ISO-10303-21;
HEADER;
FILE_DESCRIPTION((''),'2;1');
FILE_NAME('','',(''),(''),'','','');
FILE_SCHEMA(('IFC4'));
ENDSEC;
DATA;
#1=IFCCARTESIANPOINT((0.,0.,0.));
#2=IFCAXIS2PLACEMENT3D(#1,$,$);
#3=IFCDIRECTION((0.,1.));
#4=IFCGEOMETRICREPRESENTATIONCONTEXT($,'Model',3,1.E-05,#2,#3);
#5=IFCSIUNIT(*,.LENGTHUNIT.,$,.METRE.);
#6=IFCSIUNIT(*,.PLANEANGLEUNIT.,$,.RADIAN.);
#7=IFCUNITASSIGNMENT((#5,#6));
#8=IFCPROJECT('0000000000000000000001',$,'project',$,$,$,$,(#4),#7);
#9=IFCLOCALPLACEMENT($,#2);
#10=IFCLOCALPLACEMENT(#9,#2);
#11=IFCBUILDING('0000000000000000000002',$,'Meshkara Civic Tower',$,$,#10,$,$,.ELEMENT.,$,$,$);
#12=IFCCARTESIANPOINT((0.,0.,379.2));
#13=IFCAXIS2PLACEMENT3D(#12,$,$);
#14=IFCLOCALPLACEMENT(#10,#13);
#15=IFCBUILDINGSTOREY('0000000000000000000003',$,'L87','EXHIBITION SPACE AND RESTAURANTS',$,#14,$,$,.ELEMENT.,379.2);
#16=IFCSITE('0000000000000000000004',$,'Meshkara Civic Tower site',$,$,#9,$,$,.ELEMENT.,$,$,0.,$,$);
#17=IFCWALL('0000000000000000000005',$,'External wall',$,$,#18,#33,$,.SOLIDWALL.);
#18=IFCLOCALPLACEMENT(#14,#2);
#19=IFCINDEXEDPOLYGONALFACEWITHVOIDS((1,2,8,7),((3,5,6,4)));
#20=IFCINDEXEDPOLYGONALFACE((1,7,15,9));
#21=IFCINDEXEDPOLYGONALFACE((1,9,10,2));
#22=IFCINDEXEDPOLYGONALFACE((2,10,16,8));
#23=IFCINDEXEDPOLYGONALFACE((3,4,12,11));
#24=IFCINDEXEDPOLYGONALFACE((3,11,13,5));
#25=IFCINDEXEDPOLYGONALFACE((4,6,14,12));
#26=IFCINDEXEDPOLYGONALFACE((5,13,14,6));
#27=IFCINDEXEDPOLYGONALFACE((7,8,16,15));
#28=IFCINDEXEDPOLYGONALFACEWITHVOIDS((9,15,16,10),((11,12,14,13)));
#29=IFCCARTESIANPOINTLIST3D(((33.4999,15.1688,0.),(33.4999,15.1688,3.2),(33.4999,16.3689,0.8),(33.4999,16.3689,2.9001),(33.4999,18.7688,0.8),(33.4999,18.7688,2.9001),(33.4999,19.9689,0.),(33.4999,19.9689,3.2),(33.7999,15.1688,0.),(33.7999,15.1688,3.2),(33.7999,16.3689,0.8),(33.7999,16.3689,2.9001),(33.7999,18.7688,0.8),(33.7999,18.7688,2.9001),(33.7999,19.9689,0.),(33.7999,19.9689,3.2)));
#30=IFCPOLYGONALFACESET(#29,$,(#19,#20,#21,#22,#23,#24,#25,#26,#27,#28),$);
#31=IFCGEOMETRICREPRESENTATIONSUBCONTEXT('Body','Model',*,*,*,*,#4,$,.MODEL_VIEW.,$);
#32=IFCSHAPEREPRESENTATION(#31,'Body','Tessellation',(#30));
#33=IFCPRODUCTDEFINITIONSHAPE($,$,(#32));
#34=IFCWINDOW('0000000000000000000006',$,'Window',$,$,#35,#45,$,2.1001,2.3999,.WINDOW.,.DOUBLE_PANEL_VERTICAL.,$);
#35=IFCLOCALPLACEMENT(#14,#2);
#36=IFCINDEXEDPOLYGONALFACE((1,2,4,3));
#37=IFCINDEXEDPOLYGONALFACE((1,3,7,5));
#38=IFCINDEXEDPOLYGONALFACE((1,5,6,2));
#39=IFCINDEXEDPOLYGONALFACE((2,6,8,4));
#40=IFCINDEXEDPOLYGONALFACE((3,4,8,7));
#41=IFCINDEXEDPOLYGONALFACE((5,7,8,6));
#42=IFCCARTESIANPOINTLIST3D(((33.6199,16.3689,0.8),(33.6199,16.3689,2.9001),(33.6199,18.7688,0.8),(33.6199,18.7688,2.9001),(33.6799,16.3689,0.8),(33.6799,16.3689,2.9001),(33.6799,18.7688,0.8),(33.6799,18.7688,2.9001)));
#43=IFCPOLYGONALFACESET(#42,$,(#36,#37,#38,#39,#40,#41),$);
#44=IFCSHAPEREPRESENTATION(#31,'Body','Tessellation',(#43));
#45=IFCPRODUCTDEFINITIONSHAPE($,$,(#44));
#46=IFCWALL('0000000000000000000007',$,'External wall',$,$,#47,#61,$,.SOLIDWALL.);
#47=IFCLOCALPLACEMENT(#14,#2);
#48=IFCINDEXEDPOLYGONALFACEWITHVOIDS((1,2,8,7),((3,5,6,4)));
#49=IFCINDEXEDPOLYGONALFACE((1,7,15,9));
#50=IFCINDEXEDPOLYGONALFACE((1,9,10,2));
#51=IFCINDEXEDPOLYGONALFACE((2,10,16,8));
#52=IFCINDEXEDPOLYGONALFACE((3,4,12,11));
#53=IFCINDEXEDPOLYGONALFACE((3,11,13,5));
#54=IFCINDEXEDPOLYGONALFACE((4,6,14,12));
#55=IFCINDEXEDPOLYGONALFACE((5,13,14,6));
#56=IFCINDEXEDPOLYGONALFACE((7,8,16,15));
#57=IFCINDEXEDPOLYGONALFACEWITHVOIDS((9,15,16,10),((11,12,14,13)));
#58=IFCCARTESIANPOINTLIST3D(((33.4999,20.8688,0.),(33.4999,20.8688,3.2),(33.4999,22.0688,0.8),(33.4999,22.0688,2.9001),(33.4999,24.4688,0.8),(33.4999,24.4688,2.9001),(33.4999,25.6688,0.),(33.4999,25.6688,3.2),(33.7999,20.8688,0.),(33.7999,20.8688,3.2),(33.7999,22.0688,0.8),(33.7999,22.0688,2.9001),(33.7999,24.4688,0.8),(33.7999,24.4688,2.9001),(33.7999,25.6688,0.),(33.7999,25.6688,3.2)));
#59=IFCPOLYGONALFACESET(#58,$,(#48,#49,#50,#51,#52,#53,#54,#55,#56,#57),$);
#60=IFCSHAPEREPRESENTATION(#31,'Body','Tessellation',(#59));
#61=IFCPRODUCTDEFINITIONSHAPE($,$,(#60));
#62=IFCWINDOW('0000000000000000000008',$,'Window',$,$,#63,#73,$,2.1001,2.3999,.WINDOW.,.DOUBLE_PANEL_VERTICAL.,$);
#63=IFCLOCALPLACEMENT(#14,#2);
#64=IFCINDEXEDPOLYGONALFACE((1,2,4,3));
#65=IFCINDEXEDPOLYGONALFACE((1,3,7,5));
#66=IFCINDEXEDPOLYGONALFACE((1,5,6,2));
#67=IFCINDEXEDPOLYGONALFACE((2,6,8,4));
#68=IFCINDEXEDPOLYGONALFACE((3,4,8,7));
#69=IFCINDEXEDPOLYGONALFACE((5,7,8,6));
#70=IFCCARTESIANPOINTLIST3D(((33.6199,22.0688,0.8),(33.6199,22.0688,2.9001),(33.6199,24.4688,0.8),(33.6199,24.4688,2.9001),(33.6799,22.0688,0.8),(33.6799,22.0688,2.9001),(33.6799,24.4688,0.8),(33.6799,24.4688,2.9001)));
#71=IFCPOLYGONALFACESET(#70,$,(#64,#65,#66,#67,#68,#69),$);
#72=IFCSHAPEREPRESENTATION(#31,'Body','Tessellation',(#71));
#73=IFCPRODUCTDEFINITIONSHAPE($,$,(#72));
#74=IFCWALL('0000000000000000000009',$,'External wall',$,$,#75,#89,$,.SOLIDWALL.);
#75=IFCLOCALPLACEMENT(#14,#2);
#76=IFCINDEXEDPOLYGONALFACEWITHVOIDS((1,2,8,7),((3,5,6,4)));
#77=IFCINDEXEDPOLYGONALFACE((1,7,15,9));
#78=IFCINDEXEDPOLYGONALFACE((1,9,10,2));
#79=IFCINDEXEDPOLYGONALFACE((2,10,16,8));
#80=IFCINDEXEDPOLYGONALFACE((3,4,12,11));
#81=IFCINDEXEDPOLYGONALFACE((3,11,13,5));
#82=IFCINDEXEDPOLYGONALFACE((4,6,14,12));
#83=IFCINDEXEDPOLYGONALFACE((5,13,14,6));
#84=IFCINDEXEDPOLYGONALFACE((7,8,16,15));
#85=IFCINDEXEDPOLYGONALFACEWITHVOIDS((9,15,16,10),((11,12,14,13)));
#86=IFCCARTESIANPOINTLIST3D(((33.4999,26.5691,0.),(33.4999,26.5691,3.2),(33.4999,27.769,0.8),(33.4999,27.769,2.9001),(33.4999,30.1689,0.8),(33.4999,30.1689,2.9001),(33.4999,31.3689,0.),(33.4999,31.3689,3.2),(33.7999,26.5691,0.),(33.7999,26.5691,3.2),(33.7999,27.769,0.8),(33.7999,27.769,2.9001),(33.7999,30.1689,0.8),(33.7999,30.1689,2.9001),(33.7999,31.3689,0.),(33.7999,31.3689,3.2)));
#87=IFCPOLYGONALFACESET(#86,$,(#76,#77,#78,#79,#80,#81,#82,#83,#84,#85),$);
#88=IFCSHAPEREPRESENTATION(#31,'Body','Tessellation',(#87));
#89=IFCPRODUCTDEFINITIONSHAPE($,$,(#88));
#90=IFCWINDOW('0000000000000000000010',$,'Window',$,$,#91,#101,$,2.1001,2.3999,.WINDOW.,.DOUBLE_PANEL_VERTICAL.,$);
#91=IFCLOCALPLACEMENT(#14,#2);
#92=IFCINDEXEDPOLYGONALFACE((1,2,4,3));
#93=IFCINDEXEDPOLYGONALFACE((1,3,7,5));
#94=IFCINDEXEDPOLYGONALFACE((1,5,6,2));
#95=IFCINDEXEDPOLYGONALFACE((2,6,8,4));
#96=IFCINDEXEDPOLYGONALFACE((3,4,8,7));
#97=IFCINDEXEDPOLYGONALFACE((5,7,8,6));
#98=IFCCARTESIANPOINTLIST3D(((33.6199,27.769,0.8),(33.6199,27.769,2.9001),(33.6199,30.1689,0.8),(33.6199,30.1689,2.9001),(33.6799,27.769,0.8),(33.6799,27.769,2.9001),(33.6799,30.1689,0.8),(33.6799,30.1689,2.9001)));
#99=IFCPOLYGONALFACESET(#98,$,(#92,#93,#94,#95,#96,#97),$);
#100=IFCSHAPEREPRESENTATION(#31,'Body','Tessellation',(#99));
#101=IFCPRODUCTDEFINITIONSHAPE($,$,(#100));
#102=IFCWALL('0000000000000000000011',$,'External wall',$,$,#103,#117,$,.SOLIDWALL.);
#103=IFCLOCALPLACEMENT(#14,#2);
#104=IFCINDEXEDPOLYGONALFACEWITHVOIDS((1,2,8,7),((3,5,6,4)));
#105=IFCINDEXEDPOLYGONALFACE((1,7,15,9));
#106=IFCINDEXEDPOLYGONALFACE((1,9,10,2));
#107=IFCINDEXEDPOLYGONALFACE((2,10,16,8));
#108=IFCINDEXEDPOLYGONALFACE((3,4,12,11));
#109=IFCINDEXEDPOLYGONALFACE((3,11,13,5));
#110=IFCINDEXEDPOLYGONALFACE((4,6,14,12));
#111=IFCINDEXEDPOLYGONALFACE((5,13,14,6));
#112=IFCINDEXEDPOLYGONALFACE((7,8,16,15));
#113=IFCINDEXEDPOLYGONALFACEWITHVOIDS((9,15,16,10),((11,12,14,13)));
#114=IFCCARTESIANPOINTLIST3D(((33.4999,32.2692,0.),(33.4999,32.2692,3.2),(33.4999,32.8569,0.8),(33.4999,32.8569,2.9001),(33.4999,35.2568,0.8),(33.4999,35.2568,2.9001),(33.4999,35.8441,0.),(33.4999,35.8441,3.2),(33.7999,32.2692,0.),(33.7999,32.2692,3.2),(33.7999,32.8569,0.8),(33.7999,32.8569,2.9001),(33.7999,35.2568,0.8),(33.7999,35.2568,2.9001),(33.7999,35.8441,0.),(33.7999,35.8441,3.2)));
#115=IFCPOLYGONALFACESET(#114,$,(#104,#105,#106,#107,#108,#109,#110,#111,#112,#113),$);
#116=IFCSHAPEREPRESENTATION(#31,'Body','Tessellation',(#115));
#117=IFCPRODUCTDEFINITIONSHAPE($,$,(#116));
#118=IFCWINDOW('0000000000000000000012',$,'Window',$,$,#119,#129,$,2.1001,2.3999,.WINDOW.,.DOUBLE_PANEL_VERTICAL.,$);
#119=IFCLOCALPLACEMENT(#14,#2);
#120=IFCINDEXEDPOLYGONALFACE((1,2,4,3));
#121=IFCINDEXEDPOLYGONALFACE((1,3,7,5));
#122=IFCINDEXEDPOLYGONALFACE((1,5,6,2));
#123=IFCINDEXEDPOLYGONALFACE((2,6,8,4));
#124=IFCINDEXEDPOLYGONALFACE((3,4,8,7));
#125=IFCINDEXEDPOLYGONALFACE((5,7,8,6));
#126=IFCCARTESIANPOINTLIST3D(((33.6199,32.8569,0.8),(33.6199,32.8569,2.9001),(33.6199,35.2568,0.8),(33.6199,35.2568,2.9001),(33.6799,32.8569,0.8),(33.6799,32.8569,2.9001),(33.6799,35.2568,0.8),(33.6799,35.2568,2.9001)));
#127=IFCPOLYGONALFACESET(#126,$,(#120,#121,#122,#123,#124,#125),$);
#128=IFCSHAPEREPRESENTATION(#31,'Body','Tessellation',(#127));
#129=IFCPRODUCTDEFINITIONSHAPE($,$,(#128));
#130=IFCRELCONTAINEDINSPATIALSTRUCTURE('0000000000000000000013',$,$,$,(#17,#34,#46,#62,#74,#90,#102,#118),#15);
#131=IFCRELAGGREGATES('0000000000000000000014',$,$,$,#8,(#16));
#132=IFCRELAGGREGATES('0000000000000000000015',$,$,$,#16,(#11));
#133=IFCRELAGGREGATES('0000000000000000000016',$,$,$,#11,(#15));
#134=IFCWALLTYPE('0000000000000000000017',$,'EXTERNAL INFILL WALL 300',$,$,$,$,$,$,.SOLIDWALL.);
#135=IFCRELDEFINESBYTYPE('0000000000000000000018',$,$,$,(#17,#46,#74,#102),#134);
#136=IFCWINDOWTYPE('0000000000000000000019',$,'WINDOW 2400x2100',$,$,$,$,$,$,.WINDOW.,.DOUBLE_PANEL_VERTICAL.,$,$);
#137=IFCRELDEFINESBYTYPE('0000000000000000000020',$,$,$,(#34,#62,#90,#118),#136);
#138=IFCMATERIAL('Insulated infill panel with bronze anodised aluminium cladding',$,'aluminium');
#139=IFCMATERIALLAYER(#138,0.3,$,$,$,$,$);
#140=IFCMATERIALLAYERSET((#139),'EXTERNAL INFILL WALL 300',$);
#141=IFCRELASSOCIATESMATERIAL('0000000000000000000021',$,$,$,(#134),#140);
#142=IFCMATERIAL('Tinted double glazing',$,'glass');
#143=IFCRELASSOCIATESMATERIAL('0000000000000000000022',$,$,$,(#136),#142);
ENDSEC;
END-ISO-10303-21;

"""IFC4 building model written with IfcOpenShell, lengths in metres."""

from ifc_helpers import new_model, si_unit, direction, frame, frame_2d, origin, place, context, subcontext, project, spatial, rectangle, extrude, material, layer, layer_set, type_object, element, fill, save


model = new_model("IFC4")

# Units and contexts
model_context = context("Model", 3, precision=1e-05, world=origin(), true_north=direction((0.0, 1.0)))
body_context = subcontext(model_context, "Body", "Model", "MODEL_VIEW")
ifc_project = project(units=[si_unit("LENGTHUNIT", "METRE"), si_unit("PLANEANGLEUNIT", "RADIAN")], contexts=[model_context])

# Site, building, storey
site_placement = place(None, origin())
site = spatial("IfcSite", under=ifc_project, at=site_placement, Name="Meshkara Civic Tower site", CompositionType="ELEMENT", RefElevation=0.0)
building_placement = place(site_placement, origin())
building = spatial("IfcBuilding", under=site, at=building_placement, Name="Meshkara Civic Tower", CompositionType="ELEMENT")
storey_placement = place(building_placement, frame((0.0, 0.0, 379.2)))
storey = spatial("IfcBuildingStorey", under=building, at=storey_placement, Name="L87", Description="EXHIBITION SPACE AND RESTAURANTS", CompositionType="ELEMENT", Elevation=379.2)

# Walls, openings, windows
ifc_material_1 = material(Name="Insulated infill panel with bronze anodised aluminium cladding", Category="aluminium")
ifc_layer_1 = layer(ifc_material_1, 0.3)
ifc_layer_set_1 = layer_set([ifc_layer_1], Name="EXTERNAL INFILL WALL 300")
wall_type_1 = type_object("IfcWallType", Name="EXTERNAL INFILL WALL 300", PredefinedType="SOLIDWALL", material=ifc_layer_set_1)
ifc_material_2 = material(Name="Tinted double glazing", Category="glass")
window_type = type_object("IfcWindowType", Name="WINDOW 2400x2100", PartitioningType="DOUBLE_PANEL_VERTICAL", PredefinedType="WINDOW", material=ifc_material_2)
wall_1_placement = place(storey_placement, frame((33.6499, 15.1689, 0.0), z_axis=(0.0, 0.0, 1.0), x_axis=(0.0, 1.0, 0.0)))
wall_1 = element("IfcWall", 1, at=wall_1_placement, inside=storey, type_object=wall_type_1, Name="External wall", PredefinedType="SOLIDWALL", context=body_context, shape_type="SweptSolid", body=[
    extrude(rectangle(XDim=4.8, YDim=0.3, at=frame_2d((2.3999, 0.0))), origin(), (0.0, 0.0, 1.0), 3.2),
])
opening_1_placement = place(wall_1_placement, frame((1.2, 0.0, 0.8)))
opening_1 = element("IfcOpeningElement", 2, at=opening_1_placement, cuts=wall_1, PredefinedType="OPENING", context=body_context, shape_type="SweptSolid", body=[
    extrude(rectangle(XDim=2.3999, YDim=2.1001, at=frame_2d((1.2, 1.05))), frame((0.0, 0.1599, 0.0), z_axis=(0.0, -1.0, 0.0), x_axis=(1.0, 0.0, 0.0)), (0.0, 0.0, 1.0), 0.3201),
])
window_1_placement = place(opening_1_placement, origin())
window_1 = element("IfcWindow", 3, at=window_1_placement, inside=storey, type_object=window_type, Name="Window", OverallHeight=2.1001, OverallWidth=2.3999, PartitioningType="DOUBLE_PANEL_VERTICAL", PredefinedType="WINDOW", context=body_context, shape_type="SweptSolid", body=[
    extrude(rectangle(XDim=2.3999, YDim=2.1001, at=frame_2d((1.2, 1.05))), frame((0.0, 0.03, 0.0), z_axis=(0.0, -1.0, 0.0), x_axis=(1.0, 0.0, 0.0)), (0.0, 0.0, 1.0), 0.0601),
])
fill(opening_1, window_1)
wall_2_placement = place(storey_placement, frame((33.6499, 20.8689, 0.0), z_axis=(0.0, 0.0, 1.0), x_axis=(0.0, 1.0, 0.0)))
wall_2 = element("IfcWall", 4, at=wall_2_placement, inside=storey, type_object=wall_type_1, Name="External wall", PredefinedType="SOLIDWALL", context=body_context, shape_type="SweptSolid", body=[
    extrude(rectangle(XDim=4.8, YDim=0.3, at=frame_2d((2.3999, 0.0))), origin(), (0.0, 0.0, 1.0), 3.2),
])
opening_2_placement = place(wall_2_placement, frame((1.2, 0.0, 0.8)))
opening_2 = element("IfcOpeningElement", 5, at=opening_2_placement, cuts=wall_2, PredefinedType="OPENING", context=body_context, shape_type="SweptSolid", body=[
    extrude(rectangle(XDim=2.3999, YDim=2.1001, at=frame_2d((1.2, 1.05))), frame((0.0, 0.1599, 0.0), z_axis=(0.0, -1.0, 0.0), x_axis=(1.0, 0.0, 0.0)), (0.0, 0.0, 1.0), 0.3201),
])
window_2_placement = place(opening_2_placement, origin())
window_2 = element("IfcWindow", 6, at=window_2_placement, inside=storey, type_object=window_type, Name="Window", OverallHeight=2.1001, OverallWidth=2.3999, PartitioningType="DOUBLE_PANEL_VERTICAL", PredefinedType="WINDOW", context=body_context, shape_type="SweptSolid", body=[
    extrude(rectangle(XDim=2.3999, YDim=2.1001, at=frame_2d((1.2, 1.05))), frame((0.0, 0.03, 0.0), z_axis=(0.0, -1.0, 0.0), x_axis=(1.0, 0.0, 0.0)), (0.0, 0.0, 1.0), 0.0601),
])
fill(opening_2, window_2)
wall_3_placement = place(storey_placement, frame((33.6499, 26.5691, 0.0), z_axis=(0.0, 0.0, 1.0), x_axis=(0.0, 1.0, 0.0)))
wall_3 = element("IfcWall", 7, at=wall_3_placement, inside=storey, type_object=wall_type_1, Name="External wall", PredefinedType="SOLIDWALL", context=body_context, shape_type="SweptSolid", body=[
    extrude(rectangle(XDim=4.7998, YDim=0.3, at=frame_2d((2.3999, 0.0))), origin(), (0.0, 0.0, 1.0), 3.2),
])
opening_3_placement = place(wall_3_placement, frame((1.2, 0.0, 0.8)))
opening_3 = element("IfcOpeningElement", 8, at=opening_3_placement, cuts=wall_3, PredefinedType="OPENING", context=body_context, shape_type="SweptSolid", body=[
    extrude(rectangle(XDim=2.3999, YDim=2.1001, at=frame_2d((1.2, 1.05))), frame((0.0, 0.1599, 0.0), z_axis=(0.0, -1.0, 0.0), x_axis=(1.0, 0.0, 0.0)), (0.0, 0.0, 1.0), 0.3201),
])
window_3_placement = place(opening_3_placement, origin())
window_3 = element("IfcWindow", 9, at=window_3_placement, inside=storey, type_object=window_type, Name="Window", OverallHeight=2.1001, OverallWidth=2.3999, PartitioningType="DOUBLE_PANEL_VERTICAL", PredefinedType="WINDOW", context=body_context, shape_type="SweptSolid", body=[
    extrude(rectangle(XDim=2.3999, YDim=2.1001, at=frame_2d((1.2, 1.05))), frame((0.0, 0.03, 0.0), z_axis=(0.0, -1.0, 0.0), x_axis=(1.0, 0.0, 0.0)), (0.0, 0.0, 1.0), 0.0601),
])
fill(opening_3, window_3)
wall_4_placement = place(storey_placement, frame((33.6499, 32.269, 0.0), z_axis=(0.0, 0.0, 1.0), x_axis=(0.0, 1.0, 0.0)))
wall_4 = element("IfcWall", 10, at=wall_4_placement, inside=storey, type_object=wall_type_1, Name="External wall", PredefinedType="SOLIDWALL", context=body_context, shape_type="SweptSolid", body=[
    extrude(rectangle(XDim=3.575, YDim=0.3, at=frame_2d((1.7876, 0.0))), origin(), (0.0, 0.0, 1.0), 3.2),
])
opening_4_placement = place(wall_4_placement, frame((0.5879, 0.0, 0.8)))
opening_4 = element("IfcOpeningElement", 11, at=opening_4_placement, cuts=wall_4, PredefinedType="OPENING", context=body_context, shape_type="SweptSolid", body=[
    extrude(rectangle(XDim=2.3999, YDim=2.1001, at=frame_2d((1.2, 1.05))), frame((0.0, 0.1599, 0.0), z_axis=(0.0, -1.0, 0.0), x_axis=(1.0, 0.0, 0.0)), (0.0, 0.0, 1.0), 0.3201),
])
window_4_placement = place(opening_4_placement, origin())
window_4 = element("IfcWindow", 12, at=window_4_placement, inside=storey, type_object=window_type, Name="Window", OverallHeight=2.1001, OverallWidth=2.3999, PartitioningType="DOUBLE_PANEL_VERTICAL", PredefinedType="WINDOW", context=body_context, shape_type="SweptSolid", body=[
    extrude(rectangle(XDim=2.3999, YDim=2.1001, at=frame_2d((1.2, 1.05))), frame((0.0, 0.03, 0.0), z_axis=(0.0, -1.0, 0.0), x_axis=(1.0, 0.0, 0.0)), (0.0, 0.0, 1.0), 0.0601),
])
fill(opening_4, window_4)

save(model, "model.ifc")
